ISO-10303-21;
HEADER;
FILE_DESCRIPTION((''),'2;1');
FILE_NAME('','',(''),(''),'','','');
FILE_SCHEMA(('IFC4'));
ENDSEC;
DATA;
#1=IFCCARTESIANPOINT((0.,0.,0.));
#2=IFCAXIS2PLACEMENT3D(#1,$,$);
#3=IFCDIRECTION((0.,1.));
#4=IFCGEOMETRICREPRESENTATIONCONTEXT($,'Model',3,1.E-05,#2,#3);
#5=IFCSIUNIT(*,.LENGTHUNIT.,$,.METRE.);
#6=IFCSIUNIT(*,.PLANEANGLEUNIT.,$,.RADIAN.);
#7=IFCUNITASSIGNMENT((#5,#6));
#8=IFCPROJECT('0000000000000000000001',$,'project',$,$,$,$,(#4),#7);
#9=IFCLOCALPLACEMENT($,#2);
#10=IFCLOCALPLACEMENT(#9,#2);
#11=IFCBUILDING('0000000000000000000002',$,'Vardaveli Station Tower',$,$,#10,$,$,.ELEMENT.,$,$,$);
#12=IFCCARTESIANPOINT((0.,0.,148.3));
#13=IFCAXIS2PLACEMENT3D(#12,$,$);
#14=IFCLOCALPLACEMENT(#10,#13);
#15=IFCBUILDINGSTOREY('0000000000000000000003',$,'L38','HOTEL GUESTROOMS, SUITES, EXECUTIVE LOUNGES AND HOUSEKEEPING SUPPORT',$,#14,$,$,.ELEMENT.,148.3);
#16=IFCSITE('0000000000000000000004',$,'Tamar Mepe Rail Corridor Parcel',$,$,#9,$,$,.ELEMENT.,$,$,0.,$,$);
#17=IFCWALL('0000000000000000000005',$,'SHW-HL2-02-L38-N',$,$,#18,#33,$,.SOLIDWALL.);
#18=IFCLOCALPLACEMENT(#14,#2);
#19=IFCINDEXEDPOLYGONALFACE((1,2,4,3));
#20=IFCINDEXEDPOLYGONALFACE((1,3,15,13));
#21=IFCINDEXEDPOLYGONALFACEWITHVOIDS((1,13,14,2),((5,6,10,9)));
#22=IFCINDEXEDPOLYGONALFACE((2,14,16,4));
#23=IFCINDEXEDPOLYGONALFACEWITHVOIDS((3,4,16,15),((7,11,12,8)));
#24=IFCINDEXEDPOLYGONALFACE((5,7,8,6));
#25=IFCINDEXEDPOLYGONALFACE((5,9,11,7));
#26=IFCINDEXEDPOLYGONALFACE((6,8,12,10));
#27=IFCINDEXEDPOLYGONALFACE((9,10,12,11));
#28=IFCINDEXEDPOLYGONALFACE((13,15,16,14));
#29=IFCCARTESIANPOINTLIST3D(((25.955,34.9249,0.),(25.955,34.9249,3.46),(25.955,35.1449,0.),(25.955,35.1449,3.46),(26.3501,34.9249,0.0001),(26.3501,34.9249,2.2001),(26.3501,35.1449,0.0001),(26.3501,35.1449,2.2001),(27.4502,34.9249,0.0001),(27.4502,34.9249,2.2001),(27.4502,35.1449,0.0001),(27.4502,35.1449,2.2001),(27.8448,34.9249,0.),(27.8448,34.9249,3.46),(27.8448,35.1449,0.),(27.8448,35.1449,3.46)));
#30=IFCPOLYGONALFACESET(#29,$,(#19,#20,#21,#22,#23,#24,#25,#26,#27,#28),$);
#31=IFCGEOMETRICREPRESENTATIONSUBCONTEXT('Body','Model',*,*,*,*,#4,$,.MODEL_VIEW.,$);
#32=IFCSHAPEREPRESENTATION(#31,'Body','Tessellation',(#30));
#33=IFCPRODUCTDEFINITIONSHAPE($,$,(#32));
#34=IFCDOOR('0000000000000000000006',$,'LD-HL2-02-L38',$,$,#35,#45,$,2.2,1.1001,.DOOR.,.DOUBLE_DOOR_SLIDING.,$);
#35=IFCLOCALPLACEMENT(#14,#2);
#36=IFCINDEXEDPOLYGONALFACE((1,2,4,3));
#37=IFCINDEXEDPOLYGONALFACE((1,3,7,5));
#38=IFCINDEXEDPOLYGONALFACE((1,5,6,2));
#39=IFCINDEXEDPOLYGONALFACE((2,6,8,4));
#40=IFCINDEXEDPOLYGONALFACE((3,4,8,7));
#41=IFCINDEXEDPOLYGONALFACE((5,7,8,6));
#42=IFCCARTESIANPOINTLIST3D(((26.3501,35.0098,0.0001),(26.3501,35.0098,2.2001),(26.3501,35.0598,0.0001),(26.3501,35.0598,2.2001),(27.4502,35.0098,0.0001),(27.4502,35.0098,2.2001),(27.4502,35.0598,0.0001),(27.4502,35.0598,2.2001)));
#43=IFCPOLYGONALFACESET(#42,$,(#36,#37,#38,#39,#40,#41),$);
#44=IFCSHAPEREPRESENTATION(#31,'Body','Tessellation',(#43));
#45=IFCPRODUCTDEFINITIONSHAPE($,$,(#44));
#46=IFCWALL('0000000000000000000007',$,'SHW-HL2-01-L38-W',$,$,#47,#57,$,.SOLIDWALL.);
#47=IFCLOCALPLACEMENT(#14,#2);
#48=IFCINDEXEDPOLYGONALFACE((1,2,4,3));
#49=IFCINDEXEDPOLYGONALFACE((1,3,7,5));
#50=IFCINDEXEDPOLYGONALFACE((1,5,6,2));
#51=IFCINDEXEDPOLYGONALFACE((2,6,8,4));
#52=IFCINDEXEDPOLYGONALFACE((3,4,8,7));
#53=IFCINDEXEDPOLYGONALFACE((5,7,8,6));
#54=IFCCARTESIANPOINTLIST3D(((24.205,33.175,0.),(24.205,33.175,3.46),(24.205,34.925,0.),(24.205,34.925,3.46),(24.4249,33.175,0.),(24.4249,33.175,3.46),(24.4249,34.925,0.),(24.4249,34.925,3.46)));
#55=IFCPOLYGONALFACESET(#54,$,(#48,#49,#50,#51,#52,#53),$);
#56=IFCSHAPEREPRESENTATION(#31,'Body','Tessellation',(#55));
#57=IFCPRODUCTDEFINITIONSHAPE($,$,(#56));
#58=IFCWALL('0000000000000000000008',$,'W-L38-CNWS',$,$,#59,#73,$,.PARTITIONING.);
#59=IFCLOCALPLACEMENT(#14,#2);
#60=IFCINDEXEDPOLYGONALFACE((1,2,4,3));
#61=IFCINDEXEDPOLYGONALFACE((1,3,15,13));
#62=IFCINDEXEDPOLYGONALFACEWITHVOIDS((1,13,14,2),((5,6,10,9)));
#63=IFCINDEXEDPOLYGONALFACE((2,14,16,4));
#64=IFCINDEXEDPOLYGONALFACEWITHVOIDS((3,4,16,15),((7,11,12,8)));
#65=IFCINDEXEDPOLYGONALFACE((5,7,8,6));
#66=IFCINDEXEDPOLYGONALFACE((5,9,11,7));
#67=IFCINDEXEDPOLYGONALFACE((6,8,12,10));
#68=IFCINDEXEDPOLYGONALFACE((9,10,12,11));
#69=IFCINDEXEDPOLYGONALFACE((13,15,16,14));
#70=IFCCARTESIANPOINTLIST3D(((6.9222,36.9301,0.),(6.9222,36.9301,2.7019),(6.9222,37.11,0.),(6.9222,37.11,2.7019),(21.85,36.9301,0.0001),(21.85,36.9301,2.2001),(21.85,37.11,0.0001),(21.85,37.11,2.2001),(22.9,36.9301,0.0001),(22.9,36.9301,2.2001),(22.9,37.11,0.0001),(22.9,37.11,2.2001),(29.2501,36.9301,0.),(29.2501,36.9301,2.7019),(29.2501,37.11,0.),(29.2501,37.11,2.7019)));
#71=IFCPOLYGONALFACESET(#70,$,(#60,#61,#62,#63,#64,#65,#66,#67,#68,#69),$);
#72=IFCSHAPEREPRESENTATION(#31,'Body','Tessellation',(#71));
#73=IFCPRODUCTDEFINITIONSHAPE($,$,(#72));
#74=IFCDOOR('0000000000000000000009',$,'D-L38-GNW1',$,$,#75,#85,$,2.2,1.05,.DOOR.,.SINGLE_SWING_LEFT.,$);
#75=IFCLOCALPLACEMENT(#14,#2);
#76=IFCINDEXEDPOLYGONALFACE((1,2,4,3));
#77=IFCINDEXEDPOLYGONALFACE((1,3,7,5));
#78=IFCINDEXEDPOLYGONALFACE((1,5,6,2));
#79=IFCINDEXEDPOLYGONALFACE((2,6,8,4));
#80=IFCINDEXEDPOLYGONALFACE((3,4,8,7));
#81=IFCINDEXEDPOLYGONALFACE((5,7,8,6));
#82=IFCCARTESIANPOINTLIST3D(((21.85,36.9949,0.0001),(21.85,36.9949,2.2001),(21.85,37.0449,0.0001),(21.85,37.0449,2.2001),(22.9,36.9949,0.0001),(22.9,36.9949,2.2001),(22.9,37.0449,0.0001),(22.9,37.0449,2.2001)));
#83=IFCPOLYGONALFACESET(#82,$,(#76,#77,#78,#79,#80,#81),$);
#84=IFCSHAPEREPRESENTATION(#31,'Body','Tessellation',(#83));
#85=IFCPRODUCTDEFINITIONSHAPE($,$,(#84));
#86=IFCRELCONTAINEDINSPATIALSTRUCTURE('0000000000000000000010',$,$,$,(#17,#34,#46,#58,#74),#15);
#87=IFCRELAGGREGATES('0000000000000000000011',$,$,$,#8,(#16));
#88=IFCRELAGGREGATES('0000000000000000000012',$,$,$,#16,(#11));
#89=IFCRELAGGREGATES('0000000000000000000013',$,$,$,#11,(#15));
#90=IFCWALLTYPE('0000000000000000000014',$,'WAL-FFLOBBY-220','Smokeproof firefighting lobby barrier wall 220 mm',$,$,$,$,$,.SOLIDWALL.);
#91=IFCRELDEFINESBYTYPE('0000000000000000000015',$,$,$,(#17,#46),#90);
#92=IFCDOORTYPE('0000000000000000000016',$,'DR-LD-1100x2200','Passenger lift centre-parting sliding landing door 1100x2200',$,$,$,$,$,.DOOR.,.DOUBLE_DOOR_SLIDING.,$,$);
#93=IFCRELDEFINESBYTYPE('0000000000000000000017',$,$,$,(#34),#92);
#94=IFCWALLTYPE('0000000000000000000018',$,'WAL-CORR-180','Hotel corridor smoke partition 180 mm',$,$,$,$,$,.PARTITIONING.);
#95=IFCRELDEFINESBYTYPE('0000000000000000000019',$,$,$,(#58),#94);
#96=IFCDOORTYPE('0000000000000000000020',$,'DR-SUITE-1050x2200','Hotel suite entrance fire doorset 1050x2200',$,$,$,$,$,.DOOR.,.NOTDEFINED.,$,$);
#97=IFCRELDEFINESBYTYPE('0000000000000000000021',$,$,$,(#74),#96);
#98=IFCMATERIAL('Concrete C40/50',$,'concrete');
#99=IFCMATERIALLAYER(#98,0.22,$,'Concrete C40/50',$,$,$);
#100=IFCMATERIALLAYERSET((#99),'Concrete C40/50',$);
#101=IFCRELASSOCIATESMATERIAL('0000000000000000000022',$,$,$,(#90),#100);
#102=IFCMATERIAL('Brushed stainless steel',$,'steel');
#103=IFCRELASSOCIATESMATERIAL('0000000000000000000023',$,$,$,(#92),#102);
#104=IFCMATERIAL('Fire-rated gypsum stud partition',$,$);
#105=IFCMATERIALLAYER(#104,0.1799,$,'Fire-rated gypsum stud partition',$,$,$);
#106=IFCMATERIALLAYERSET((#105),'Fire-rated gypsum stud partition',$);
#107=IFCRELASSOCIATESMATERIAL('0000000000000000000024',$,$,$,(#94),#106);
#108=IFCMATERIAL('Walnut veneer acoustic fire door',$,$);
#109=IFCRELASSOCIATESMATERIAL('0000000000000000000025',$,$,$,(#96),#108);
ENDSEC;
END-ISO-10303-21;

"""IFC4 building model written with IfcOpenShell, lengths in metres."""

from ifc_helpers import new_model, si_unit, direction, frame, frame_2d, origin, place, context, subcontext, project, spatial, rectangle, extrude, source, transform, mapped, material, layer, layer_set, type_object, element, fill, save


model = new_model("IFC4")

# Units and contexts
model_context = context("Model", 3, precision=1e-05, world=origin(), true_north=direction((0.0, 1.0)))
body_context = subcontext(model_context, "Body", "Model", "MODEL_VIEW")
ifc_project = project(units=[si_unit("LENGTHUNIT", "METRE"), si_unit("PLANEANGLEUNIT", "RADIAN")], contexts=[model_context])

# Site, building, storey
site_placement = place(None, origin())
site = spatial("IfcSite", under=ifc_project, at=site_placement, Name="Tamar Mepe Rail Corridor Parcel", CompositionType="ELEMENT", RefElevation=0.0)
building_placement = place(site_placement, origin())
building = spatial("IfcBuilding", under=site, at=building_placement, Name="Vardaveli Station Tower", CompositionType="ELEMENT")
storey_placement = place(building_placement, frame((0.0, 0.0, 148.3)))
storey = spatial("IfcBuildingStorey", under=building, at=storey_placement, Name="L38", Description="HOTEL GUESTROOMS, SUITES, EXECUTIVE LOUNGES AND HOUSEKEEPING SUPPORT", CompositionType="ELEMENT", Elevation=148.3)

# Wall, opening, door
ifc_material_1 = material(Name="Concrete C40/50", Category="concrete")
ifc_layer_1 = layer(ifc_material_1, 0.22, Name="Concrete C40/50")
ifc_layer_set_1 = layer_set([ifc_layer_1], Name="Concrete C40/50")
wall_type_1 = type_object("IfcWallType", Name="WAL-FFLOBBY-220", Description="Smokeproof firefighting lobby barrier wall 220 mm", PredefinedType="SOLIDWALL", material=ifc_layer_set_1)
shared_shape_1 = source(origin(), body_context, "Body", "SweptSolid", [
    extrude(rectangle(XDim=1.8899, YDim=0.22, at=frame_2d((0.9448, 0.0))), origin(), (0.0, 0.0, 1.0), 3.46),
])
shared_shape_2 = source(origin(), body_context, "Body", "SweptSolid", [
    extrude(rectangle(XDim=1.1001, YDim=2.2, at=frame_2d((0.55, 1.1001))), frame((0.0, 0.1201, 0.0), z_axis=(0.0, -1.0, 0.0), x_axis=(1.0, 0.0, 0.0)), (0.0, 0.0, 1.0), 0.24),
])
ifc_material_2 = material(Name="Brushed stainless steel", Category="steel")
door_type_1 = type_object("IfcDoorType", Name="DR-LD-1100x2200", Description="Passenger lift centre-parting sliding landing door 1100x2200", OperationType="DOUBLE_DOOR_SLIDING", PredefinedType="DOOR", material=ifc_material_2)
shared_shape_3 = source(origin(), body_context, "Body", "SweptSolid", [
    extrude(rectangle(XDim=1.1001, YDim=2.2, at=frame_2d((0.55, 1.1001))), frame((0.0, 0.0249, 0.0), z_axis=(0.0, -1.0, 0.0), x_axis=(1.0, 0.0, 0.0)), (0.0, 0.0, 1.0), 0.05),
])
wall_1_placement = place(storey_placement, frame((25.9551, 35.0349, 0.0), z_axis=(0.0, 0.0, 1.0), x_axis=(1.0, 0.0, 0.0)))
wall_1 = element("IfcWall", 1, at=wall_1_placement, inside=storey, type_object=wall_type_1, Name="SHW-HL2-02-L38-N", PredefinedType="SOLIDWALL", context=body_context, shape_type="MappedRepresentation", body=[
    mapped(shared_shape_1, transform((0.0, 0.0, 0.0), scale=1.0)),
])
opening_1_placement = place(wall_1_placement, frame((0.395, 0.0, 0.0)))
opening_1 = element("IfcOpeningElement", 2, at=opening_1_placement, cuts=wall_1, PredefinedType="OPENING", context=body_context, shape_type="MappedRepresentation", body=[
    mapped(shared_shape_2, transform((0.0, 0.0, 0.0), scale=1.0)),
])
door_1_placement = place(opening_1_placement, origin())
door_1 = element("IfcDoor", 3, at=door_1_placement, inside=storey, type_object=door_type_1, Name="LD-HL2-02-L38", OperationType="DOUBLE_DOOR_SLIDING", OverallHeight=2.2, OverallWidth=1.1001, PredefinedType="DOOR", context=body_context, shape_type="MappedRepresentation", body=[
    mapped(shared_shape_3, transform((0.0, 0.0, 0.0), scale=1.0)),
])
fill(opening_1, door_1)

# Wall
shared_shape_4 = source(origin(), body_context, "Body", "SweptSolid", [
    extrude(rectangle(XDim=1.75, YDim=0.22, at=frame_2d((0.875, 0.0))), origin(), (0.0, 0.0, 1.0), 3.46),
])
wall_2_placement = place(storey_placement, frame((24.3149, 33.175, 0.0), z_axis=(0.0, 0.0, 1.0), x_axis=(0.0, 1.0, 0.0)))
element("IfcWall", 4, at=wall_2_placement, inside=storey, type_object=wall_type_1, Name="SHW-HL2-01-L38-W", PredefinedType="SOLIDWALL", context=body_context, shape_type="MappedRepresentation", body=[
    mapped(shared_shape_4, transform((0.0, 0.0, 0.0), scale=1.0)),
])

# Wall, opening, door
ifc_material_3 = material(Name="Fire-rated gypsum stud partition")
ifc_layer_2 = layer(ifc_material_3, 0.1799, Name="Fire-rated gypsum stud partition")
ifc_layer_set_2 = layer_set([ifc_layer_2], Name="Fire-rated gypsum stud partition")
wall_type_2 = type_object("IfcWallType", Name="WAL-CORR-180", Description="Hotel corridor smoke partition 180 mm", PredefinedType="PARTITIONING", material=ifc_layer_set_2)
shared_shape_5 = source(origin(), body_context, "Body", "SweptSolid", [
    extrude(rectangle(XDim=22.3279, YDim=0.1799, at=frame_2d((11.1641, 0.0))), origin(), (0.0, 0.0, 1.0), 2.7019),
])
wall_3_placement = place(storey_placement, frame((6.9221, 37.02, 0.0), z_axis=(0.0, 0.0, 1.0), x_axis=(1.0, 0.0, 0.0)))
wall_3 = element("IfcWall", 5, at=wall_3_placement, inside=storey, type_object=wall_type_2, Name="W-L38-CNWS", PredefinedType="PARTITIONING", context=body_context, shape_type="MappedRepresentation", body=[
    mapped(shared_shape_5, transform((0.0, 0.0, 0.0), scale=1.0)),
])
shared_shape_6 = source(origin(), body_context, "Body", "SweptSolid", [
    extrude(rectangle(XDim=1.05, YDim=2.2, at=frame_2d((0.5249, 1.1001))), frame((0.0, 0.1001, 0.0), z_axis=(0.0, -1.0, 0.0), x_axis=(1.0, 0.0, 0.0)), (0.0, 0.0, 1.0), 0.2),
])
opening_2_placement = place(wall_3_placement, frame((14.928, 0.0, 0.0)))
opening_2 = element("IfcOpeningElement", 6, at=opening_2_placement, cuts=wall_3, PredefinedType="OPENING", context=body_context, shape_type="MappedRepresentation", body=[
    mapped(shared_shape_6, transform((0.0, 0.0, 0.0), scale=1.0)),
])
ifc_material_4 = material(Name="Walnut veneer acoustic fire door")
door_type_2 = type_object("IfcDoorType", Name="DR-SUITE-1050x2200", Description="Hotel suite entrance fire doorset 1050x2200", OperationType="NOTDEFINED", PredefinedType="DOOR", material=ifc_material_4)
shared_shape_7 = source(origin(), body_context, "Body", "SweptSolid", [
    extrude(rectangle(XDim=1.05, YDim=2.2, at=frame_2d((0.5249, 1.1001))), frame((0.0, 0.0249, 0.0), z_axis=(0.0, -1.0, 0.0), x_axis=(1.0, 0.0, 0.0)), (0.0, 0.0, 1.0), 0.05),
])
door_2_placement = place(opening_2_placement, origin())
door_2 = element("IfcDoor", 7, at=door_2_placement, inside=storey, type_object=door_type_2, Name="D-L38-GNW1", OperationType="SINGLE_SWING_LEFT", OverallHeight=2.2, OverallWidth=1.05, PredefinedType="DOOR", context=body_context, shape_type="MappedRepresentation", body=[
    mapped(shared_shape_7, transform((0.0, 0.0, 0.0), scale=1.0)),
])
fill(opening_2, door_2)

save(model, "model.ifc")
